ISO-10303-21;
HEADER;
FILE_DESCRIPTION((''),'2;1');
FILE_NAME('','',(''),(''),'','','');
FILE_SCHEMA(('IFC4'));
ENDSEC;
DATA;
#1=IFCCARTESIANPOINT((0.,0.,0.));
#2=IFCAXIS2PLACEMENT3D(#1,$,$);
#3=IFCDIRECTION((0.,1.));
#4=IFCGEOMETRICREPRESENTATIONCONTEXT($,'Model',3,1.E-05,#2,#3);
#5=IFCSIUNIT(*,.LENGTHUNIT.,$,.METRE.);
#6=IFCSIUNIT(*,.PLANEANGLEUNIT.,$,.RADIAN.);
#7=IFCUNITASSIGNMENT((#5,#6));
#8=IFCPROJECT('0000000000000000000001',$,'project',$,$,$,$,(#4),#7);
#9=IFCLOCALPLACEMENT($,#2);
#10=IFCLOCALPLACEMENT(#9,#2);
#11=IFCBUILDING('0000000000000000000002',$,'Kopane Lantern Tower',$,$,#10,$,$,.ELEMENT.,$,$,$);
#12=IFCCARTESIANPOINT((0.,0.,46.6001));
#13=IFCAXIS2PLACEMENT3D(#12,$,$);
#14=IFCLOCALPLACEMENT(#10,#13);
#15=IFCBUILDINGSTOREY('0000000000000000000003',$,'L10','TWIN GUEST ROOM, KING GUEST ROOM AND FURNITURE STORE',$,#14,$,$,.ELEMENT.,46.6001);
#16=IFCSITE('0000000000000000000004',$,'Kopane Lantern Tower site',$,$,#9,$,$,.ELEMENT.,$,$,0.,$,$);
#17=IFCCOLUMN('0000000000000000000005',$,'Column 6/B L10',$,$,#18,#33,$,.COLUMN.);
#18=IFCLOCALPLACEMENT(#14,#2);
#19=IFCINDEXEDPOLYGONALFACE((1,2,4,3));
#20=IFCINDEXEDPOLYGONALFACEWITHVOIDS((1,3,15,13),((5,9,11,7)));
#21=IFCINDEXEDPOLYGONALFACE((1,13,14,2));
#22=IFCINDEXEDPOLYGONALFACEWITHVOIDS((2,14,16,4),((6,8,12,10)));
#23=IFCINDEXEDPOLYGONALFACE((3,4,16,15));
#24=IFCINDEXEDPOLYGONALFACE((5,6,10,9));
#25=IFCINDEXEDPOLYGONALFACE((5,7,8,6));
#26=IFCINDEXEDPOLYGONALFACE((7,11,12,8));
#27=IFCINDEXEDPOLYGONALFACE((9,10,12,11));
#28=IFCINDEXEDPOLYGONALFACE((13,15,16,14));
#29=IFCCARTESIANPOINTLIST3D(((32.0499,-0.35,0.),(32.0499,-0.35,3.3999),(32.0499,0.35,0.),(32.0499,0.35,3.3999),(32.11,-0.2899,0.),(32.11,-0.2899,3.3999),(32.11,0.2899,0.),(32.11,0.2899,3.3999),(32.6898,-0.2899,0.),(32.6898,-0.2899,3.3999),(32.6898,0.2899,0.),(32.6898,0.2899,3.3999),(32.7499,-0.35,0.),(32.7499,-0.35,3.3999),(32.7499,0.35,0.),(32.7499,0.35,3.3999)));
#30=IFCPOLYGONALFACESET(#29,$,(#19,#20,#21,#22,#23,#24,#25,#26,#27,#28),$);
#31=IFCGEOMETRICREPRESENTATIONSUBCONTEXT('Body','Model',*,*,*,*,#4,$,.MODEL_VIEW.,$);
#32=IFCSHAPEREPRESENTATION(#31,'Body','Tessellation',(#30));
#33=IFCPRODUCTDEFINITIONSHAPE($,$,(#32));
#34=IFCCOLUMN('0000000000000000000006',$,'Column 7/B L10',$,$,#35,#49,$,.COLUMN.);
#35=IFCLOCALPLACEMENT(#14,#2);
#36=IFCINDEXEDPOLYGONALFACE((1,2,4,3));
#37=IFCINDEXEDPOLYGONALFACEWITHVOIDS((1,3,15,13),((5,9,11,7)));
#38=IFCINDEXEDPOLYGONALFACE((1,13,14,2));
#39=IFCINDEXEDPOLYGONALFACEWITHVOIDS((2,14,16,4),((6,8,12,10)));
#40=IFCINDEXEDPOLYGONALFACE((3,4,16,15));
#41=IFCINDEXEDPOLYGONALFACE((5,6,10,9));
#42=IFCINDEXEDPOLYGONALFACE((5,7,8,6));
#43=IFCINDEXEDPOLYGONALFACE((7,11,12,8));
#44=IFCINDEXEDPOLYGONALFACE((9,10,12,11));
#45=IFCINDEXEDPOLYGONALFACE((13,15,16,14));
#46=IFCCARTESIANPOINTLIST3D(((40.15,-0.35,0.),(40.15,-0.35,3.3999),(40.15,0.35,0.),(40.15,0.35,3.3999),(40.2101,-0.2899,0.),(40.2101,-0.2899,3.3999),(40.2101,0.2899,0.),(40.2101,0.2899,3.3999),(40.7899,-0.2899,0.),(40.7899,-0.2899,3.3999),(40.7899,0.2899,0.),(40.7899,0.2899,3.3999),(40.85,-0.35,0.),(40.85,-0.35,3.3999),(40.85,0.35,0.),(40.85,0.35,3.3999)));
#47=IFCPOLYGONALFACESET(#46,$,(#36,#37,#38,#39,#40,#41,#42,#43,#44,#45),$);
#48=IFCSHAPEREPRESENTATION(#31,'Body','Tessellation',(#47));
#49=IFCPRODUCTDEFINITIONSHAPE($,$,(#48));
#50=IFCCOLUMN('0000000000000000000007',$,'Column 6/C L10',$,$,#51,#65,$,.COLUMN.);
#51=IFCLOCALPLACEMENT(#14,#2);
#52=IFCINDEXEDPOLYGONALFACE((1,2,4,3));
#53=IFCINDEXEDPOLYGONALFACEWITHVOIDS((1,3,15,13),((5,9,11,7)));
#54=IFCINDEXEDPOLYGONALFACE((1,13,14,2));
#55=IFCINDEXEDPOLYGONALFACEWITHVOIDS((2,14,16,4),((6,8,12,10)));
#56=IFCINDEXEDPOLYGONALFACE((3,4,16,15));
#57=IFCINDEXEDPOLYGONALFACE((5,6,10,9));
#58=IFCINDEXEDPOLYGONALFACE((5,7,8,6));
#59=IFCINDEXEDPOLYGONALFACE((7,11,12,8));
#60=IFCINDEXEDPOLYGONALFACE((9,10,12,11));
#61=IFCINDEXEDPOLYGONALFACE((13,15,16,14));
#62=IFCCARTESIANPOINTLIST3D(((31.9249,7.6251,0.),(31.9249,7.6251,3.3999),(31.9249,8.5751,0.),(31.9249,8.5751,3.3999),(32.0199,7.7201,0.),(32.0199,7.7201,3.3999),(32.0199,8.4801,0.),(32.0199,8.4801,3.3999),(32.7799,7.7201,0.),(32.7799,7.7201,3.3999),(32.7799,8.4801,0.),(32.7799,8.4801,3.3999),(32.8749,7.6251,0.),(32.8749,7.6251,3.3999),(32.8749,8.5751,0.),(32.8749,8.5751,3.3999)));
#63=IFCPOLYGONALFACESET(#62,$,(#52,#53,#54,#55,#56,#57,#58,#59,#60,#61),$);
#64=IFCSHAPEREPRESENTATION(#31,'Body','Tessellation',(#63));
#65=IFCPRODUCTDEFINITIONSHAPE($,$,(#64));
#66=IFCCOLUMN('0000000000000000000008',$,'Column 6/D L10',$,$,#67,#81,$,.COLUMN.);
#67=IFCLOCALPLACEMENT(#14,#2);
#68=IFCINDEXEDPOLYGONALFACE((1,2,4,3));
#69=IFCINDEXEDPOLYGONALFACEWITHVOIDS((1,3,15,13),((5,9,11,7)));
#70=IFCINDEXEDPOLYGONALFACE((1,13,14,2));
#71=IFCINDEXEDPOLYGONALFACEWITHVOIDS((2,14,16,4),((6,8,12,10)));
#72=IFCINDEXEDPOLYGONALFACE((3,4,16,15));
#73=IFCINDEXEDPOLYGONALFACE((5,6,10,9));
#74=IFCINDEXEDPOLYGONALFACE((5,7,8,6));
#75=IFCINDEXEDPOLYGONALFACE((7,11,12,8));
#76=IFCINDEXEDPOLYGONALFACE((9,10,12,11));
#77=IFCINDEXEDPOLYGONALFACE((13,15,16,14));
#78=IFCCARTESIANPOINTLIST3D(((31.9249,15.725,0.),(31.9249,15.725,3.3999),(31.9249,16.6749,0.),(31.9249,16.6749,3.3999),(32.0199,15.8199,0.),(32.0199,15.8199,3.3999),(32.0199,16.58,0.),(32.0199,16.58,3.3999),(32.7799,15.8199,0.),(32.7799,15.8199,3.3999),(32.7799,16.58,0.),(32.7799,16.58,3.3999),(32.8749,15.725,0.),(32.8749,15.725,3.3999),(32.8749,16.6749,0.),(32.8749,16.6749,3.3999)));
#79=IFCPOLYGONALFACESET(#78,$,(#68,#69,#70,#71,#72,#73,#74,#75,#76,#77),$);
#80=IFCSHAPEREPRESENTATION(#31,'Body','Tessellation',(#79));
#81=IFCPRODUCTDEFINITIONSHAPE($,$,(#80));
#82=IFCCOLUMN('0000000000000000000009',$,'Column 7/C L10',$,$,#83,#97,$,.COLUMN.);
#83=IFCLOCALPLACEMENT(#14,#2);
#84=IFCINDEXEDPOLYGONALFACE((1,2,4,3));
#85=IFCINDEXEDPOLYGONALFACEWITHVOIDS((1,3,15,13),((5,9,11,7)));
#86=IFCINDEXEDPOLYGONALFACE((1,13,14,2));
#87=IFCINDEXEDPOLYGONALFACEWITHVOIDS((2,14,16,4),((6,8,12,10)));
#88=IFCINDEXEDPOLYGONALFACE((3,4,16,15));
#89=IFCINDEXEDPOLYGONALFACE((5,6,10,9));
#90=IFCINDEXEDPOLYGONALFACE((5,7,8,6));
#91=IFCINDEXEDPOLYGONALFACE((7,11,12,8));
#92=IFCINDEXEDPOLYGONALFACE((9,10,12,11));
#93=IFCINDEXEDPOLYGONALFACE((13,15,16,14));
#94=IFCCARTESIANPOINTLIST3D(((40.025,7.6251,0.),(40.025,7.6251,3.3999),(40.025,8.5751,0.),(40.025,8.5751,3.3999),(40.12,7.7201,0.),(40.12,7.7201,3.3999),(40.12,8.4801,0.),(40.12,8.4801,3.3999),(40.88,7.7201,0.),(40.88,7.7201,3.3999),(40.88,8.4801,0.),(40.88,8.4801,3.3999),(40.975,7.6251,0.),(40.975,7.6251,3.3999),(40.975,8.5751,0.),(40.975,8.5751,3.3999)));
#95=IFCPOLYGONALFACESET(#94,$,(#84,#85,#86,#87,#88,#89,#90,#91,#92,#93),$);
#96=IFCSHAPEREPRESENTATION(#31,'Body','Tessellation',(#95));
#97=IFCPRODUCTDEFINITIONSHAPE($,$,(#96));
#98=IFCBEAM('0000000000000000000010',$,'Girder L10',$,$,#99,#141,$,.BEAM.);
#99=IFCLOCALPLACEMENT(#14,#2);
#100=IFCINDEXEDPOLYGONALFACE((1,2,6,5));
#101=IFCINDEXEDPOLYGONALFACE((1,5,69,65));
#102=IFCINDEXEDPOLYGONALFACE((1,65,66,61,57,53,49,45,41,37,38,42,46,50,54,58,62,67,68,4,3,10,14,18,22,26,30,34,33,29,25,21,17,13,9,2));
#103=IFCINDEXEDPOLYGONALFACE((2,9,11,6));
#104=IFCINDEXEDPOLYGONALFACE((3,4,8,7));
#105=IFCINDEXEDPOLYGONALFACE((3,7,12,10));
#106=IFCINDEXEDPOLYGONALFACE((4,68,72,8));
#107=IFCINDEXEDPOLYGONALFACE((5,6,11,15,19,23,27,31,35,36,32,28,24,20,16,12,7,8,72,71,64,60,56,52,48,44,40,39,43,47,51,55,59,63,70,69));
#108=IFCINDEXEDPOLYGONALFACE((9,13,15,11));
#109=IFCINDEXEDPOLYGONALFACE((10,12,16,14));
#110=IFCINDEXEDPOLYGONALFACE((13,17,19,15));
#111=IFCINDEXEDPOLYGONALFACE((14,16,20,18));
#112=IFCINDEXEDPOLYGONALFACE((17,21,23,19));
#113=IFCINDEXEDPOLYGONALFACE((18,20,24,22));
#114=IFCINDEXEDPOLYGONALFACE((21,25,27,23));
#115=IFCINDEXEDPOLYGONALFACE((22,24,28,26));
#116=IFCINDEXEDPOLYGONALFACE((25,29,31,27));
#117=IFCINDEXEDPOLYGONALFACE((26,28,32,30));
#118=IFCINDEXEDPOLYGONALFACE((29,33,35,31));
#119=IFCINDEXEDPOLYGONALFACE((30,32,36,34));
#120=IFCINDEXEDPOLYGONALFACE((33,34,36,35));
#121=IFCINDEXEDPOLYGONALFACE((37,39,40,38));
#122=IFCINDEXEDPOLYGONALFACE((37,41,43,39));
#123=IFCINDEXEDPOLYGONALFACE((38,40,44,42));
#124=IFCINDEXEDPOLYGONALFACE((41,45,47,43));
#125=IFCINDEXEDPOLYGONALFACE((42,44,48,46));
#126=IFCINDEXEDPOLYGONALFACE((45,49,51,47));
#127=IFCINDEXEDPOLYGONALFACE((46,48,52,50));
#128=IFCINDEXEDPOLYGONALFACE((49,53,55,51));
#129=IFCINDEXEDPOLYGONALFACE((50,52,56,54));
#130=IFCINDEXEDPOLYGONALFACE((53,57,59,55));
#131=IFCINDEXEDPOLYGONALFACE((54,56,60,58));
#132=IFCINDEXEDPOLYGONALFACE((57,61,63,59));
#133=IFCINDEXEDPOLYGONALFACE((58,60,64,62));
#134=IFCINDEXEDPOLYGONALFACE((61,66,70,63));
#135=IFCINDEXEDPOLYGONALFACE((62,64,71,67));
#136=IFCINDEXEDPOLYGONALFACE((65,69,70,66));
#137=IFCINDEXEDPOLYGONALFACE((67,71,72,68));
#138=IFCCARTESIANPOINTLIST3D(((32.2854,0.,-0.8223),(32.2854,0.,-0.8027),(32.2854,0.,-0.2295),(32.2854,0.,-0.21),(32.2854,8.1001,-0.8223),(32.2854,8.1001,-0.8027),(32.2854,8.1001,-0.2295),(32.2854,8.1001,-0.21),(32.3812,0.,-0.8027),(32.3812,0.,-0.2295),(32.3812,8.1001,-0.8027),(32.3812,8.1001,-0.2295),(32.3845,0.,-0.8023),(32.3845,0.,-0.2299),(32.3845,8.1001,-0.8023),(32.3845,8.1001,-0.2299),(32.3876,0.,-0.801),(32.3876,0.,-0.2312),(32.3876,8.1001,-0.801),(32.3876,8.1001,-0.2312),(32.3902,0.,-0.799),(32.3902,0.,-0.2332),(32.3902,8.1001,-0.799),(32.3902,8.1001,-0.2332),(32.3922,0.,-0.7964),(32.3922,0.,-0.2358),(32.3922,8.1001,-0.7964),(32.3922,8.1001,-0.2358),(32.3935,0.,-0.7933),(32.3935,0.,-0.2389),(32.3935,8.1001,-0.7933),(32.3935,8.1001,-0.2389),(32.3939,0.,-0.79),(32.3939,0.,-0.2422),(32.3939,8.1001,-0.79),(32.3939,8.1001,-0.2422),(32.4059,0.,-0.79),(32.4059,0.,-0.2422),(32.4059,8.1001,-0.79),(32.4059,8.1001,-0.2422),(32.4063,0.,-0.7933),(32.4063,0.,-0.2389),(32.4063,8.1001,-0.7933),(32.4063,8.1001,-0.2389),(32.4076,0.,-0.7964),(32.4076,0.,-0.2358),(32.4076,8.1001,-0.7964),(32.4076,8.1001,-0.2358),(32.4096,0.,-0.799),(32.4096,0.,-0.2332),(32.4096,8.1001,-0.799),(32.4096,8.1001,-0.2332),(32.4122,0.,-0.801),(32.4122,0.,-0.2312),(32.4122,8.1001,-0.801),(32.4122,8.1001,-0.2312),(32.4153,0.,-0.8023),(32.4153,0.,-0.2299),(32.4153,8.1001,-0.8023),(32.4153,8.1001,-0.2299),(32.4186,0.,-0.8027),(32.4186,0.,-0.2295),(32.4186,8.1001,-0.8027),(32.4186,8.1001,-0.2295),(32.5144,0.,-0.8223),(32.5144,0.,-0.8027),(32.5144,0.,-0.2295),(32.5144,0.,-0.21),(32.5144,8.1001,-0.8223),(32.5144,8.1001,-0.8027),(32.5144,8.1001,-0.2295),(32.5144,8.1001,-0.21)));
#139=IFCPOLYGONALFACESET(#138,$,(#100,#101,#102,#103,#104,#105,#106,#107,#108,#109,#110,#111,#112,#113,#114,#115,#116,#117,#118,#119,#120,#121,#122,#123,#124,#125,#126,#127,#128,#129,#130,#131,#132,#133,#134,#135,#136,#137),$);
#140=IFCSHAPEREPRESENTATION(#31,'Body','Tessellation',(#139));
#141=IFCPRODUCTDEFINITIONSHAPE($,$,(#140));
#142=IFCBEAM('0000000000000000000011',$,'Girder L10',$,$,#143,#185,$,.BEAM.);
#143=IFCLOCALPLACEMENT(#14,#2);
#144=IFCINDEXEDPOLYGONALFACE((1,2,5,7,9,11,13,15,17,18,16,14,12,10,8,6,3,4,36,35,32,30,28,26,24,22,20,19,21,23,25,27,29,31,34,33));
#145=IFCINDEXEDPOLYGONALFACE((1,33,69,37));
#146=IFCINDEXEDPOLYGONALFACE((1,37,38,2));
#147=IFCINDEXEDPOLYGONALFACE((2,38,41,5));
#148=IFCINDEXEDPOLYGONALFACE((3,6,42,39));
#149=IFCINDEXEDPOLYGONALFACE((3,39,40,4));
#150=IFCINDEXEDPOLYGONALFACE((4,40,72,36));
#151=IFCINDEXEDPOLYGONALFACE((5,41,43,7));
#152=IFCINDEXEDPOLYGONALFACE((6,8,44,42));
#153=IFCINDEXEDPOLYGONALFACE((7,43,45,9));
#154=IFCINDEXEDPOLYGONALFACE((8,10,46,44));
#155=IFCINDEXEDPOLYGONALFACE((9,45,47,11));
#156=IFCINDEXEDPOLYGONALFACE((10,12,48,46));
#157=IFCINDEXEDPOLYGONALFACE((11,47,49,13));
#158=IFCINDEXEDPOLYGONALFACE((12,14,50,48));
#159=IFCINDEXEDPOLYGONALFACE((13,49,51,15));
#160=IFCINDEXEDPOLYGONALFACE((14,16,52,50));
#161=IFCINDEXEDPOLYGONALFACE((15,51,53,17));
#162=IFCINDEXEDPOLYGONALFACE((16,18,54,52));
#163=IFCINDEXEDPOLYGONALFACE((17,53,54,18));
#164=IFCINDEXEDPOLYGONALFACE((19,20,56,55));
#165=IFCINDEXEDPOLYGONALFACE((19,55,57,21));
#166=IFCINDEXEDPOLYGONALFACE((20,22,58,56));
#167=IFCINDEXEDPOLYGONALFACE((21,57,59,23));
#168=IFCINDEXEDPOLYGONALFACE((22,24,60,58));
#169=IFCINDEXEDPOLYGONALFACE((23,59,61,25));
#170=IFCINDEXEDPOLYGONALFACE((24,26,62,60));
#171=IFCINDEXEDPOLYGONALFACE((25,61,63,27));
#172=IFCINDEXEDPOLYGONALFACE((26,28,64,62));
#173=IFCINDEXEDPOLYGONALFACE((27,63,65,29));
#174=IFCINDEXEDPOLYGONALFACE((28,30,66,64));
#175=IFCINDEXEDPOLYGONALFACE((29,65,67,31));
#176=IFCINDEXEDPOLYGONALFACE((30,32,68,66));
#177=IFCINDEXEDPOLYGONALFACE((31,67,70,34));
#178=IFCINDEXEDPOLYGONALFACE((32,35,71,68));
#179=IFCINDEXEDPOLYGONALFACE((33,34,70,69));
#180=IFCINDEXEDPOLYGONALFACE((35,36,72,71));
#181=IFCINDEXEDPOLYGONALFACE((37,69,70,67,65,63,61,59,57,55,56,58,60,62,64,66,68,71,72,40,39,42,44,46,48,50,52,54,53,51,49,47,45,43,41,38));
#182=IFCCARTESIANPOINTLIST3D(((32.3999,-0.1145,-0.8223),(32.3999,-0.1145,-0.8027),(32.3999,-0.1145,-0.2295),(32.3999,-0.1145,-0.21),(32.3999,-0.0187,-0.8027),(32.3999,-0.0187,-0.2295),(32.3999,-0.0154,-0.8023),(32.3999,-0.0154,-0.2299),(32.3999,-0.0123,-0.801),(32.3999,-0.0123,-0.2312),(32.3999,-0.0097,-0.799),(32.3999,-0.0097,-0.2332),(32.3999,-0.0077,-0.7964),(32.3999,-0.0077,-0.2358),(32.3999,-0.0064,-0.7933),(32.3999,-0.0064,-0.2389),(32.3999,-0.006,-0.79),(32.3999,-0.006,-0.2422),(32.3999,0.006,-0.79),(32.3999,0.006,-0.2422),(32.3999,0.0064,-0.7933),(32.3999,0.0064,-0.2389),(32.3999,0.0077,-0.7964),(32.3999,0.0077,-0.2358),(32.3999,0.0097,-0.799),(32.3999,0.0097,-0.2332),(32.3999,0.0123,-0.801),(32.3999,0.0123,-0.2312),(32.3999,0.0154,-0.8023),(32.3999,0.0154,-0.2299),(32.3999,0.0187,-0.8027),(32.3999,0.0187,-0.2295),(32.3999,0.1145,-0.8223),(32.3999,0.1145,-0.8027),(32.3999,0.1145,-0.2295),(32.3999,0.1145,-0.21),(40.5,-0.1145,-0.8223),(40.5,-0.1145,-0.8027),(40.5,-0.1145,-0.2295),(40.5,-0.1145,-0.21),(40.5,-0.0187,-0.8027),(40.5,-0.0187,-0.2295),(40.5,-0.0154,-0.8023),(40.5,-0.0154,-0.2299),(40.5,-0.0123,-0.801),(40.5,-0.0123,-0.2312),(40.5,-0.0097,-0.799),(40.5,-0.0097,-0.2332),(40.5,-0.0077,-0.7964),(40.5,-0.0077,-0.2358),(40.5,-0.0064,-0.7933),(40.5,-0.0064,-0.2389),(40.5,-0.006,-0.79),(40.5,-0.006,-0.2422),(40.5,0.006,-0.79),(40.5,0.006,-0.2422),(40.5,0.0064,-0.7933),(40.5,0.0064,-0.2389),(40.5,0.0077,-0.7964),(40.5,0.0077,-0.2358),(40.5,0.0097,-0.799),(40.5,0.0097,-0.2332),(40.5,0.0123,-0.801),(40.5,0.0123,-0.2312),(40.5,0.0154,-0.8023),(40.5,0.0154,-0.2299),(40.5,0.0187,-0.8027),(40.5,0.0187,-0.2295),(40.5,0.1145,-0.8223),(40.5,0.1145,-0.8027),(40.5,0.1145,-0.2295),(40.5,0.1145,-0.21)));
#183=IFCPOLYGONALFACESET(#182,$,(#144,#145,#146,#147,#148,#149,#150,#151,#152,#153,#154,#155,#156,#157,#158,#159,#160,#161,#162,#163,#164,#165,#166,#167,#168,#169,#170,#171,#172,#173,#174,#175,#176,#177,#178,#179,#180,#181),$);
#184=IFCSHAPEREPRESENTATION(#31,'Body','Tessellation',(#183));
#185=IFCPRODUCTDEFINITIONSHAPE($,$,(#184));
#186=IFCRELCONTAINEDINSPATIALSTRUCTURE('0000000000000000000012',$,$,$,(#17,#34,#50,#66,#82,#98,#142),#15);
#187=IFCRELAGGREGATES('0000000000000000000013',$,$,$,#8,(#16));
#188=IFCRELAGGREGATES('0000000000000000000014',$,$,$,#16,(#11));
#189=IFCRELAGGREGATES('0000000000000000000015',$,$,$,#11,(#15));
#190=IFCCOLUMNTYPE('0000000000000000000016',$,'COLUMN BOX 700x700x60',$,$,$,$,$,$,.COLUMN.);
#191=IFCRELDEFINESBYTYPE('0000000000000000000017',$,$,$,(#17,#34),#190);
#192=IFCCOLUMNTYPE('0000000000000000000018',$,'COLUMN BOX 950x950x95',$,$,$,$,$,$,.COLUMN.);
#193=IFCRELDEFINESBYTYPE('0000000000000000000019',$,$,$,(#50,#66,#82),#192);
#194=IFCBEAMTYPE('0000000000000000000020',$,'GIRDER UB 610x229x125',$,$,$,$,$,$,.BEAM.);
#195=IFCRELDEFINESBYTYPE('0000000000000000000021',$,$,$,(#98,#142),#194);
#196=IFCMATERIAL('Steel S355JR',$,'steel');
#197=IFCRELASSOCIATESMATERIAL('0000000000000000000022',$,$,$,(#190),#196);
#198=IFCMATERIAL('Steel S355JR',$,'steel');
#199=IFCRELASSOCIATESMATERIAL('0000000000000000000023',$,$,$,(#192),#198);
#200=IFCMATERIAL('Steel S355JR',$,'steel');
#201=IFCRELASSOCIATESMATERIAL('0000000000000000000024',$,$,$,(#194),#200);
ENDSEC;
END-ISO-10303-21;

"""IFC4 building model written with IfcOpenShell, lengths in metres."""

from ifc_helpers import new_model, si_unit, direction, frame, origin, origin_2d, place, context, subcontext, project, spatial, hollow_rectangle, i_section, extrude, material, material_profile, profile_set, type_object, element, save


model = new_model("IFC4")

# Units and contexts
model_context = context("Model", 3, precision=1e-05, world=origin(), true_north=direction((0.0, 1.0)))
body_context = subcontext(model_context, "Body", "Model", "MODEL_VIEW")
ifc_project = project(units=[si_unit("LENGTHUNIT", "METRE"), si_unit("PLANEANGLEUNIT", "RADIAN")], contexts=[model_context])

# Site, building, storey
site_placement = place(None, origin())
site = spatial("IfcSite", under=ifc_project, at=site_placement, Name="Kopane Lantern Tower site", CompositionType="ELEMENT", RefElevation=0.0)
building_placement = place(site_placement, origin())
building = spatial("IfcBuilding", under=site, at=building_placement, Name="Kopane Lantern Tower", CompositionType="ELEMENT")
storey_placement = place(building_placement, frame((0.0, 0.0, 46.6001)))
storey = spatial("IfcBuildingStorey", under=building, at=storey_placement, Name="L10", Description="TWIN GUEST ROOM, KING GUEST ROOM AND FURNITURE STORE", CompositionType="ELEMENT", Elevation=46.6001)

# Columns
ifc_material_1 = material(Name="Steel S355JR", Category="steel")
ifc_material_profile_1 = material_profile(ifc_material_1, hollow_rectangle(XDim=0.7, YDim=0.7, WallThickness=0.0601, at=origin_2d()), Name="BOX 700x700x60")
ifc_profile_set_1 = profile_set([ifc_material_profile_1], Name="Steel S355JR")
column_type_1 = type_object("IfcColumnType", Name="COLUMN BOX 700x700x60", PredefinedType="COLUMN", material=ifc_profile_set_1)
for number, where, z_axis, x_axis, name in (
    (1, (32.3999, 0.0, 0.0), (0.0, 0.0, 1.0), (1.0, 0.0, 0.0), "Column 6/B L10"),
    (2, (40.5, 0.0, 0.0), (0.0, 0.0, 1.0), (1.0, 0.0, 0.0), "Column 7/B L10"),
):
    element("IfcColumn", number, at=place(storey_placement, frame(where, z_axis=z_axis, x_axis=x_axis)), inside=storey, type_object=column_type_1, Name=name, PredefinedType="COLUMN", context=body_context, shape_type="SweptSolid", body=[
        extrude(hollow_rectangle(XDim=0.7, YDim=0.7, WallThickness=0.0601, at=origin_2d()), origin(), (0.0, 0.0, 1.0), 3.3999),
    ])
ifc_material_2 = material(Name="Steel S355JR", Category="steel")
ifc_material_profile_2 = material_profile(ifc_material_2, hollow_rectangle(XDim=0.95, YDim=0.95, WallThickness=0.095, at=origin_2d()), Name="BOX 950x950x95")
ifc_profile_set_2 = profile_set([ifc_material_profile_2], Name="Steel S355JR")
column_type_2 = type_object("IfcColumnType", Name="COLUMN BOX 950x950x95", PredefinedType="COLUMN", material=ifc_profile_set_2)
for number, where, z_axis, x_axis, name in (
    (3, (32.3999, 8.1001, 0.0), (0.0, 0.0, 1.0), (1.0, 0.0, 0.0), "Column 6/C L10"),
    (4, (32.3999, 16.2, 0.0), (0.0, 0.0, 1.0), (1.0, 0.0, 0.0), "Column 6/D L10"),
    (5, (40.5, 8.1001, 0.0), (0.0, 0.0, 1.0), (1.0, 0.0, 0.0), "Column 7/C L10"),
):
    element("IfcColumn", number, at=place(storey_placement, frame(where, z_axis=z_axis, x_axis=x_axis)), inside=storey, type_object=column_type_2, Name=name, PredefinedType="COLUMN", context=body_context, shape_type="SweptSolid", body=[
        extrude(hollow_rectangle(XDim=0.95, YDim=0.95, WallThickness=0.095, at=origin_2d()), origin(), (0.0, 0.0, 1.0), 3.3999),
    ])

# Beams
ifc_material_3 = material(Name="Steel S355JR", Category="steel")
ifc_material_profile_3 = material_profile(ifc_material_3, i_section(OverallWidth=0.229, OverallDepth=0.6123, WebThickness=0.012, FlangeThickness=0.0195, FilletRadius=0.0127, at=origin_2d()), Name="UB 610x229x125")
ifc_profile_set_3 = profile_set([ifc_material_profile_3], Name="Steel S355JR")
beam_type = type_object("IfcBeamType", Name="GIRDER UB 610x229x125", PredefinedType="BEAM", material=ifc_profile_set_3)
for number, where, z_axis, x_axis, name in (
    (6, (32.3999, 0.0, -0.5161), (0.0, 1.0, 0.0), (-1.0, 0.0, 0.0), "Girder L10"),
    (7, (32.3999, 0.0, -0.5161), (1.0, 0.0, 0.0), (0.0, 1.0, 0.0), "Girder L10"),
):
    element("IfcBeam", number, at=place(storey_placement, frame(where, z_axis=z_axis, x_axis=x_axis)), inside=storey, type_object=beam_type, Name=name, PredefinedType="BEAM", context=body_context, shape_type="SweptSolid", body=[
        extrude(i_section(OverallWidth=0.229, OverallDepth=0.6123, WebThickness=0.012, FlangeThickness=0.0195, FilletRadius=0.0127, at=origin_2d()), origin(), (0.0, 0.0, 1.0), 8.1001),
    ])

save(model, "model.ifc")
